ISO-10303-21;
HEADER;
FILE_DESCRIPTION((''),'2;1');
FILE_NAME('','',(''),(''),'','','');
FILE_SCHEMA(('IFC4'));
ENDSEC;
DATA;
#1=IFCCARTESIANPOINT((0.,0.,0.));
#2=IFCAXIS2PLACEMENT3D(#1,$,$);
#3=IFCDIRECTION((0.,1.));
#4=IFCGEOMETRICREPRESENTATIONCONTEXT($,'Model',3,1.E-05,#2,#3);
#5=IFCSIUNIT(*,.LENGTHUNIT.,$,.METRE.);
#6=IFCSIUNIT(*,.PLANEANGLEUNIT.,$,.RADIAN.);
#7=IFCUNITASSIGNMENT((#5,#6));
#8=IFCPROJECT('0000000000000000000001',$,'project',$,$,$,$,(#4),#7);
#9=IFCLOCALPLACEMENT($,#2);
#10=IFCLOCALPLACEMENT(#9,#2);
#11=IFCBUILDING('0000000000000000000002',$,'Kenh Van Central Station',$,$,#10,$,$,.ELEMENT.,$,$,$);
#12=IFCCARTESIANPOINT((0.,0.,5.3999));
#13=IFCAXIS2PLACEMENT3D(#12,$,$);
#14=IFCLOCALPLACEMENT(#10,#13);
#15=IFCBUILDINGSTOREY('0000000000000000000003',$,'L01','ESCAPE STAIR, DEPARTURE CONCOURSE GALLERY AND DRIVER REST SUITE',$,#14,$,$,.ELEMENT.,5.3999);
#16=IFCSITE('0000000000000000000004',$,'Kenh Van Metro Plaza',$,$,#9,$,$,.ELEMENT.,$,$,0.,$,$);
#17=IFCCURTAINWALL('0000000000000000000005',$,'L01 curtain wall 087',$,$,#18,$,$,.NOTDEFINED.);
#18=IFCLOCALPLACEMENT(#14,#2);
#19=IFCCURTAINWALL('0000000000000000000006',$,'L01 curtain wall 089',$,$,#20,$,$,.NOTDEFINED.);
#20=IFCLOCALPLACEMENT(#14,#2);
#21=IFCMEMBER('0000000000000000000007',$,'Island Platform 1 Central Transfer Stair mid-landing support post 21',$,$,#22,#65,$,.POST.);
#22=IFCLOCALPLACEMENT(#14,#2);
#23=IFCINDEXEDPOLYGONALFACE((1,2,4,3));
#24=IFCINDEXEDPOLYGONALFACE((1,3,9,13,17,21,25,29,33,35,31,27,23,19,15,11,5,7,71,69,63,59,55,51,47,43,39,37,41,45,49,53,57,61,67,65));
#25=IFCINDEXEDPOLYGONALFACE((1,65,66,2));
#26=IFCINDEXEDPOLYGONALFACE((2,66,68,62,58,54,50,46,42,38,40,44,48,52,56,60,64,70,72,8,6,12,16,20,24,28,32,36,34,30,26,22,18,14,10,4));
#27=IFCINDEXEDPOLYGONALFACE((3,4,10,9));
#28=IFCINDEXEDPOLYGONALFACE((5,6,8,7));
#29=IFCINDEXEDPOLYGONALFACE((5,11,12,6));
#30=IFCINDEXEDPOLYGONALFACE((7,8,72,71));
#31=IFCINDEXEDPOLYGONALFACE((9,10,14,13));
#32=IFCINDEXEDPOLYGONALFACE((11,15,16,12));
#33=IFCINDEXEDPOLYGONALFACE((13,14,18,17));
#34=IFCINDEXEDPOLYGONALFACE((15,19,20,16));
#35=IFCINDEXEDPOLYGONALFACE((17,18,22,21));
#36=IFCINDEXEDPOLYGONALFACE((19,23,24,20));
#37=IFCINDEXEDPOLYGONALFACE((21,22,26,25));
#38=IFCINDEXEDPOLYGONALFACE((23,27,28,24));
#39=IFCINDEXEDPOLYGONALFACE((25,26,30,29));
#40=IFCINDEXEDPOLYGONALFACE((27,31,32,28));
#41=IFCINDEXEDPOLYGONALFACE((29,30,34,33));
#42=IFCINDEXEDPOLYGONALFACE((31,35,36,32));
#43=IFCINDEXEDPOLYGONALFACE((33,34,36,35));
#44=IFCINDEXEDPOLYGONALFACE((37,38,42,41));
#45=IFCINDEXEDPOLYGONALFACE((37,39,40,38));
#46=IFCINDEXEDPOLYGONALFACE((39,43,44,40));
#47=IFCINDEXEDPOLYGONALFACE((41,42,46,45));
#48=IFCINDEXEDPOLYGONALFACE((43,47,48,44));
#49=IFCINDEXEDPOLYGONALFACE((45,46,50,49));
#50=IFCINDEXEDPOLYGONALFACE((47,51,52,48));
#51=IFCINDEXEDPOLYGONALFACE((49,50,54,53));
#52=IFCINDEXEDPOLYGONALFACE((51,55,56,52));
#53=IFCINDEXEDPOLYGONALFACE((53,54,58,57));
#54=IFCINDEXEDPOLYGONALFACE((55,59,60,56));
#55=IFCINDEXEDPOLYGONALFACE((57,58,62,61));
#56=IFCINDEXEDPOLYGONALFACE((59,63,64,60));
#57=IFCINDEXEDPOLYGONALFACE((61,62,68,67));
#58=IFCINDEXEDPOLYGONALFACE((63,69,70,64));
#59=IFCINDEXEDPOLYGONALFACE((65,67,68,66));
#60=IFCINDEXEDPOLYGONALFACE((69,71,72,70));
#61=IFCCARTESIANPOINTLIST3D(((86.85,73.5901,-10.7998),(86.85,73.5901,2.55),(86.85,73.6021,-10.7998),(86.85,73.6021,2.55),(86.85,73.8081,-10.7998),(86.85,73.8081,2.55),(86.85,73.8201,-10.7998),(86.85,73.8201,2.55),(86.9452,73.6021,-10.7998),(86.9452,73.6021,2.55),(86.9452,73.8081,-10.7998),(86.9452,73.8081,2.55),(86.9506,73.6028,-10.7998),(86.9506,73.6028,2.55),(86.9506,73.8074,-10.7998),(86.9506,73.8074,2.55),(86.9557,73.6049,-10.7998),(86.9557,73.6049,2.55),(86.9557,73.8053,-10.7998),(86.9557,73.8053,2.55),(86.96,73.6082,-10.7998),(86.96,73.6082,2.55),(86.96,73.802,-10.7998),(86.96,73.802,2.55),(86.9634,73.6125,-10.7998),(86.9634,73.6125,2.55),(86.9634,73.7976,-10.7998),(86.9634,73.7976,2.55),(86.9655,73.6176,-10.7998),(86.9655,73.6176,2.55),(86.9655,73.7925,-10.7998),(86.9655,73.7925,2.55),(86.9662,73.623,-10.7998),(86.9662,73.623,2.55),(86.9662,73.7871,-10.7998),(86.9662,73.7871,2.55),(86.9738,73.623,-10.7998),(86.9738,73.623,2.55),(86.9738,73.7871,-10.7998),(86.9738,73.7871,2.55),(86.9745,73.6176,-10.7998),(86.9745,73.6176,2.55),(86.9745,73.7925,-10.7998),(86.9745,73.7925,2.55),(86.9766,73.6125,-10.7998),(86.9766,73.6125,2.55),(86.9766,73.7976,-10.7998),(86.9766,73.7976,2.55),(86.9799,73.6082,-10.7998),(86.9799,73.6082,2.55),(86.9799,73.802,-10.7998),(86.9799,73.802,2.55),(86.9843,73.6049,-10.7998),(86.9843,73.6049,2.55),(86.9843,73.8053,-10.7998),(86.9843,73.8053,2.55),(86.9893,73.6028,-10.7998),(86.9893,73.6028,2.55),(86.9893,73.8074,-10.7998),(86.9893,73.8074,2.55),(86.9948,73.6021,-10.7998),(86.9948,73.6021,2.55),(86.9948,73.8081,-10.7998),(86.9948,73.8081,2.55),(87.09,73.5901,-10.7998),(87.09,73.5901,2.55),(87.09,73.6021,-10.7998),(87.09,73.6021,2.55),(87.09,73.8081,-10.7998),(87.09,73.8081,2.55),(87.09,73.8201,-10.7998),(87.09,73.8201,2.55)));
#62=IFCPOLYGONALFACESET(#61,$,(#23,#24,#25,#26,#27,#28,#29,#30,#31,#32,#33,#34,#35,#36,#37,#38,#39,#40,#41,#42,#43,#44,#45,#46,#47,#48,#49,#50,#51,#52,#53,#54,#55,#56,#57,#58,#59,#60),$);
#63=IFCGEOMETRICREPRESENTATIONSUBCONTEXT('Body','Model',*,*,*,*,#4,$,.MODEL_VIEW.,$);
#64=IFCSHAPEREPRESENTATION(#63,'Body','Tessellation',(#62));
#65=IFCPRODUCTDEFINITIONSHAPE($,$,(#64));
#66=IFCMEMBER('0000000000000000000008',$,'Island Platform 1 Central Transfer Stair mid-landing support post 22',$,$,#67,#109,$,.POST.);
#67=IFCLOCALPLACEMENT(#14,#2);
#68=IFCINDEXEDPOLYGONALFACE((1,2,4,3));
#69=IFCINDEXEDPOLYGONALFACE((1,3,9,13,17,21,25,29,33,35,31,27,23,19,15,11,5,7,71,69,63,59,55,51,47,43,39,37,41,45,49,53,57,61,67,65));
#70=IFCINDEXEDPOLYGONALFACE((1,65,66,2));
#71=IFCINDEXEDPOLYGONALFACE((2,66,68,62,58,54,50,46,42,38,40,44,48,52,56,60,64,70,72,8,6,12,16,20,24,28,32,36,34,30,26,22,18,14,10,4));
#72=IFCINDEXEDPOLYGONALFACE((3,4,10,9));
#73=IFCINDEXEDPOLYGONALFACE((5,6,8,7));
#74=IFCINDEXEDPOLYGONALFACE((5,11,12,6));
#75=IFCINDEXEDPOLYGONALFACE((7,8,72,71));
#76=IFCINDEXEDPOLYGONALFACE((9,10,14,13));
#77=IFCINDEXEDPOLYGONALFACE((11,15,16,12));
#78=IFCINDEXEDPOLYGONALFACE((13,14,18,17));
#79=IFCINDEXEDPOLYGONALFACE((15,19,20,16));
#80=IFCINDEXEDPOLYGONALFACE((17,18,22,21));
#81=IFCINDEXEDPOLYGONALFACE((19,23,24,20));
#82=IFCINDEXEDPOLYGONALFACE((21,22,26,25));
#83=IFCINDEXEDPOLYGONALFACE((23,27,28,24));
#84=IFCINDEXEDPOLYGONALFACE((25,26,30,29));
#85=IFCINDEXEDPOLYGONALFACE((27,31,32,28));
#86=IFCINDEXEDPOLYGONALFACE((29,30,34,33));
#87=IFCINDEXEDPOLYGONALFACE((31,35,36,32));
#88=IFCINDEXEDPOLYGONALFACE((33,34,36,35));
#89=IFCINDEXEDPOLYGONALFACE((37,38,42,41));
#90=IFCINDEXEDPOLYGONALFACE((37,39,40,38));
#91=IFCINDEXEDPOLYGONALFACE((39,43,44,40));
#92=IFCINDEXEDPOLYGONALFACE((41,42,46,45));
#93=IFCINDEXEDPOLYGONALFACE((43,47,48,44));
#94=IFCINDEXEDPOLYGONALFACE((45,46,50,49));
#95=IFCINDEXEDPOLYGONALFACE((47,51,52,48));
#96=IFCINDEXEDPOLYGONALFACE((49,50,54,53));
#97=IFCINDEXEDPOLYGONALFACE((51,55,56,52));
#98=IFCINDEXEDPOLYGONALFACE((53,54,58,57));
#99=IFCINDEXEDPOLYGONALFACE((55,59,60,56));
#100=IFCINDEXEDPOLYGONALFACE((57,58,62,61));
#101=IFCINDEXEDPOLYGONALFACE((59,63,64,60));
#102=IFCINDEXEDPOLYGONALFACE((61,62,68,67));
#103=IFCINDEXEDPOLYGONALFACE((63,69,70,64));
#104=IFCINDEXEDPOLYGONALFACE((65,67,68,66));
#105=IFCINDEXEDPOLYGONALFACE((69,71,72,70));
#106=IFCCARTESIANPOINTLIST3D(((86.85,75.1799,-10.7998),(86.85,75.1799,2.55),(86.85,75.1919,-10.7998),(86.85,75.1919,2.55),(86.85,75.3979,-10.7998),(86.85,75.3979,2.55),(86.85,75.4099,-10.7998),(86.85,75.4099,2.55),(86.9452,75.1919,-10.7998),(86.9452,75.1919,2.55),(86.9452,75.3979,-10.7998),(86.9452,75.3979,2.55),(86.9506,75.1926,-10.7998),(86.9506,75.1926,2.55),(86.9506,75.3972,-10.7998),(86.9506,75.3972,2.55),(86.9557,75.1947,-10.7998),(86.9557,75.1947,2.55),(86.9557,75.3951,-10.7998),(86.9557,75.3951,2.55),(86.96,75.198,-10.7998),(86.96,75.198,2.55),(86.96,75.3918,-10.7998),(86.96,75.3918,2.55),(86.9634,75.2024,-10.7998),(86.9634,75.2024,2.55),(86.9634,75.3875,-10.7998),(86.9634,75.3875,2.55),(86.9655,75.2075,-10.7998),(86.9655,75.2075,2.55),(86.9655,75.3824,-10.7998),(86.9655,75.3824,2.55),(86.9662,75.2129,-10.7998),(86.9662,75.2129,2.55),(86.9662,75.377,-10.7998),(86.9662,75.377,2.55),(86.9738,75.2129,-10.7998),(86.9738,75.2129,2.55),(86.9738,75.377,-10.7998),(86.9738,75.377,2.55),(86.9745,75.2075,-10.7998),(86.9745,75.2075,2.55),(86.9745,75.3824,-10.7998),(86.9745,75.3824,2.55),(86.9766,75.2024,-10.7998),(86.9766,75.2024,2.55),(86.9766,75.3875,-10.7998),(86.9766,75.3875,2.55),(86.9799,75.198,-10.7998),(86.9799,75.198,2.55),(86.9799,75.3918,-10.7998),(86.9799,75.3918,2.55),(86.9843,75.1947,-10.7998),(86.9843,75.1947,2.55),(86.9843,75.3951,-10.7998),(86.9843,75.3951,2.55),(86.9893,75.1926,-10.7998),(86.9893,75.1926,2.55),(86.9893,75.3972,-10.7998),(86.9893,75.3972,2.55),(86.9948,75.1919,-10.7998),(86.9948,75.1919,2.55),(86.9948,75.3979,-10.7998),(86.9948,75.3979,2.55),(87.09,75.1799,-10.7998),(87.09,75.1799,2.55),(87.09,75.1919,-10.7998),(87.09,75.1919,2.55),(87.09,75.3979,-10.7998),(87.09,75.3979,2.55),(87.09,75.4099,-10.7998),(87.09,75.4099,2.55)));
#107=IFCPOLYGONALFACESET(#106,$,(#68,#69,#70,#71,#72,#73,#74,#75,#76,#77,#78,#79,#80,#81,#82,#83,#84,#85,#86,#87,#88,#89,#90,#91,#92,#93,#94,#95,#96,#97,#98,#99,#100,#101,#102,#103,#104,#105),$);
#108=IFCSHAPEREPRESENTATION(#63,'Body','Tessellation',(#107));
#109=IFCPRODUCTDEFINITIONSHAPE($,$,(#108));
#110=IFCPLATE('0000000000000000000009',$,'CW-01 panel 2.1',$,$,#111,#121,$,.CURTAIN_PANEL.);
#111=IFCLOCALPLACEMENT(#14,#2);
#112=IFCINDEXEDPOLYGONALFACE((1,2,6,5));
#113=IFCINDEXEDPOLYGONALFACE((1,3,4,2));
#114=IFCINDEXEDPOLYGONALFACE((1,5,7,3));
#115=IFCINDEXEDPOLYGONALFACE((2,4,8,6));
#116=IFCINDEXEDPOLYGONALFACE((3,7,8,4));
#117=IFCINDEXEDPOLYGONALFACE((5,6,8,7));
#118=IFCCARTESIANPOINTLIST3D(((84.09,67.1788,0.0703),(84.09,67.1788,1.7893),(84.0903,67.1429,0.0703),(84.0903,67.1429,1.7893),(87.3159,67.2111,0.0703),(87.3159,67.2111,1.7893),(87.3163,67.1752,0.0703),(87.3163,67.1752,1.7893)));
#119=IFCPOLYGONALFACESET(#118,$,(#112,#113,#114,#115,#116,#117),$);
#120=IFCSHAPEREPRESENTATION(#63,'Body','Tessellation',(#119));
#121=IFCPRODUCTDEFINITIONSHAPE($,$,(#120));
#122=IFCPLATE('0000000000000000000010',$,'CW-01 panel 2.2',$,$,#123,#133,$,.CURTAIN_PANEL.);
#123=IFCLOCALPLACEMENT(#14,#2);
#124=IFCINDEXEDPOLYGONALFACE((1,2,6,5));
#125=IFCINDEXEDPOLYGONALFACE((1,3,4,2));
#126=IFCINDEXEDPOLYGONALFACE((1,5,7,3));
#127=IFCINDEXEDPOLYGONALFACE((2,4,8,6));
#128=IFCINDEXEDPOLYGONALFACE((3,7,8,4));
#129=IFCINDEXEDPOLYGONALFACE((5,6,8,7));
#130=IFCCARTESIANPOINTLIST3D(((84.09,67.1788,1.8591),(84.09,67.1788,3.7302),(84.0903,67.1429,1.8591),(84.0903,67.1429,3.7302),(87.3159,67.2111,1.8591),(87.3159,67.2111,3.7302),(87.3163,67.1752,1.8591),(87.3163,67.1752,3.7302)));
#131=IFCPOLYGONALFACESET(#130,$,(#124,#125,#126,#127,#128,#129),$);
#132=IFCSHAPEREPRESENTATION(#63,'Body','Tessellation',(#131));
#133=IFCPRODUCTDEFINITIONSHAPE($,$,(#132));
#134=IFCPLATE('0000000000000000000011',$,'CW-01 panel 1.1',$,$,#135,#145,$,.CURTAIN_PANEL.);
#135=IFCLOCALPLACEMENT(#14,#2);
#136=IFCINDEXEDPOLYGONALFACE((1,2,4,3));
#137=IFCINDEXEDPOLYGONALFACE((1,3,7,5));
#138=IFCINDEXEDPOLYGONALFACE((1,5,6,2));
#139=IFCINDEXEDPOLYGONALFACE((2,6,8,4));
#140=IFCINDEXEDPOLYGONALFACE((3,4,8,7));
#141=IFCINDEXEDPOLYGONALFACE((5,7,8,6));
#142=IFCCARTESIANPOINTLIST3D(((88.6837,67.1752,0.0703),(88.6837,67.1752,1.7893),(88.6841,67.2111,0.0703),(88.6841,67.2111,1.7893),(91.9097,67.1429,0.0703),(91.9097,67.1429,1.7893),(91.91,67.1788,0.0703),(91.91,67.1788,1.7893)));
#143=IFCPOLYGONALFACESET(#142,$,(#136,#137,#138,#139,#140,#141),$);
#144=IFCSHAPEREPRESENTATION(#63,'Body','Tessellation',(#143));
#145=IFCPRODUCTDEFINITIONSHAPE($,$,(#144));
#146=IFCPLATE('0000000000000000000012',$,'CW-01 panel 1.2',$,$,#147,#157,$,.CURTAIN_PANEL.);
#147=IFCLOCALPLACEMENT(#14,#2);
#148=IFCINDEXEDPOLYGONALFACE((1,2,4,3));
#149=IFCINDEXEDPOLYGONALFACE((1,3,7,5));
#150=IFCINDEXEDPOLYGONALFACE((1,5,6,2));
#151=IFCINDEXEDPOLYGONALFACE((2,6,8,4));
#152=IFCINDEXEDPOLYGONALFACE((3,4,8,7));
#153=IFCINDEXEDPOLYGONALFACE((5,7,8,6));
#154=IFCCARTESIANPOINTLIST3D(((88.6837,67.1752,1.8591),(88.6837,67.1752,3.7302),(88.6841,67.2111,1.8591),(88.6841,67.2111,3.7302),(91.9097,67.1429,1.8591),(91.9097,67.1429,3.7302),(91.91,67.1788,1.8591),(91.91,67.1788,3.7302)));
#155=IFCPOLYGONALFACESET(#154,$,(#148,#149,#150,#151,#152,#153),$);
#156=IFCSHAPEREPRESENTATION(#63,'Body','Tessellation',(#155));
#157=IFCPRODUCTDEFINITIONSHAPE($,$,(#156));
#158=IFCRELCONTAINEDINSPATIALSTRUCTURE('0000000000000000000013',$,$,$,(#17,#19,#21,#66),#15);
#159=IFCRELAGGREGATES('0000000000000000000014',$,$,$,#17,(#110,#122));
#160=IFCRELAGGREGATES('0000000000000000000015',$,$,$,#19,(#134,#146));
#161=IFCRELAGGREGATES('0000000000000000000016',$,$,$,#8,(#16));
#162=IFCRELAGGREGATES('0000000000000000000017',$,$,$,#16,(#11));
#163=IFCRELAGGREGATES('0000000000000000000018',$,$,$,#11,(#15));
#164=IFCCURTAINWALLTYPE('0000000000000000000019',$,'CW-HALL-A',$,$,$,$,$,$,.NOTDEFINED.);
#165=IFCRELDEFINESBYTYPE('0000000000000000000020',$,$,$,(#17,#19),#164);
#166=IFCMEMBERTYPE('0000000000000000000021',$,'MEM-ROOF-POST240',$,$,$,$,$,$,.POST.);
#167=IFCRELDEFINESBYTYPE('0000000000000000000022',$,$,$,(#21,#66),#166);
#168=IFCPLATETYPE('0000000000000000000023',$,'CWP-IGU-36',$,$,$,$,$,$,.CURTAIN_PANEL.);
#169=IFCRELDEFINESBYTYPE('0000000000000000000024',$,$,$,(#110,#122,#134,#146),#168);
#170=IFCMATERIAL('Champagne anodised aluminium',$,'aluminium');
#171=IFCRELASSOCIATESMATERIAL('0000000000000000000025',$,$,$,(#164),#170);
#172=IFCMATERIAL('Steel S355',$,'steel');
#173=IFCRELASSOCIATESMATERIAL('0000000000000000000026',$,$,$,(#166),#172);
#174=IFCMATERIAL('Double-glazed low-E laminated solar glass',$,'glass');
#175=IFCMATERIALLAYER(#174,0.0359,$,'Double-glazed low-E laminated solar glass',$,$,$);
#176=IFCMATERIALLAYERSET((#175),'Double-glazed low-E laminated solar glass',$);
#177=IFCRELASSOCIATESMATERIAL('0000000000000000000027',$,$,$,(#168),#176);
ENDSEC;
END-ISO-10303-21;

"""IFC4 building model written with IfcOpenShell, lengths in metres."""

from ifc_helpers import new_model, si_unit, direction, frame, origin, origin_2d, place, context, subcontext, project, spatial, rectangle, i_section, extrude, material, layer, layer_set, material_profile, profile_set, type_object, element, aggregate, save


model = new_model("IFC4")

# Units and contexts
model_context = context("Model", 3, precision=1e-05, world=origin(), true_north=direction((0.0, 1.0)))
body_context = subcontext(model_context, "Body", "Model", "MODEL_VIEW")
ifc_project = project(units=[si_unit("LENGTHUNIT", "METRE"), si_unit("PLANEANGLEUNIT", "RADIAN")], contexts=[model_context])

# Site, building, storey
site_placement = place(None, origin())
site = spatial("IfcSite", under=ifc_project, at=site_placement, Name="Kenh Van Metro Plaza", CompositionType="ELEMENT", RefElevation=0.0)
building_placement = place(site_placement, origin())
building = spatial("IfcBuilding", under=site, at=building_placement, Name="Kenh Van Central Station", CompositionType="ELEMENT")
storey_placement = place(building_placement, frame((0.0, 0.0, 5.3999)))
storey = spatial("IfcBuildingStorey", under=building, at=storey_placement, Name="L01", Description="ESCAPE STAIR, DEPARTURE CONCOURSE GALLERY AND DRIVER REST SUITE", CompositionType="ELEMENT", Elevation=5.3999)

# Curtain wall
ifc_material_1 = material(Name="Champagne anodised aluminium", Category="aluminium")
curtain_wall_type = type_object("IfcCurtainWallType", Name="CW-HALL-A", PredefinedType="NOTDEFINED", material=ifc_material_1)
curtain_wall_1_placement = place(storey_placement, origin())
curtain_wall_1 = element("IfcCurtainWall", 1, at=curtain_wall_1_placement, inside=storey, type_object=curtain_wall_type, Name="L01 curtain wall 087", PredefinedType="NOTDEFINED")

# Curtain wall
curtain_wall_2_placement = place(storey_placement, origin())
curtain_wall_2 = element("IfcCurtainWall", 2, at=curtain_wall_2_placement, inside=storey, type_object=curtain_wall_type, Name="L01 curtain wall 089", PredefinedType="NOTDEFINED")

# Members
ifc_material_2 = material(Name="Steel S355", Category="steel")
ifc_material_profile_1 = material_profile(ifc_material_2, i_section(OverallWidth=0.24, OverallDepth=0.23, WebThickness=0.0076, FlangeThickness=0.012, FilletRadius=0.021, at=origin_2d()), Name="HEA 240")
ifc_profile_set_1 = profile_set([ifc_material_profile_1], Name="Steel S355")
member_type_1 = type_object("IfcMemberType", Name="MEM-ROOF-POST240", PredefinedType="POST", material=ifc_profile_set_1)
for number, where, z_axis, x_axis, name in (
    (3, (86.97, 73.7051, -10.7998), (0.0, 0.0, 1.0), (1.0, 0.0, 0.0), "Island Platform 1 Central Transfer Stair mid-landing support post 21"),
    (4, (86.97, 75.2949, -10.7998), (0.0, 0.0, 1.0), (1.0, 0.0, 0.0), "Island Platform 1 Central Transfer Stair mid-landing support post 22"),
):
    element("IfcMember", number, at=place(storey_placement, frame(where, z_axis=z_axis, x_axis=x_axis)), inside=storey, type_object=member_type_1, Name=name, PredefinedType="POST", context=body_context, shape_type="SweptSolid", body=[
        extrude(i_section(OverallWidth=0.24, OverallDepth=0.23, WebThickness=0.0076, FlangeThickness=0.012, FilletRadius=0.021, at=origin_2d()), origin(), (0.0, 0.0, 1.0), 13.3499),
    ])

# Plates
ifc_material_3 = material(Name="Double-glazed low-E laminated solar glass", Category="glass")
ifc_layer_1 = layer(ifc_material_3, 0.0359, Name="Double-glazed low-E laminated solar glass")
ifc_layer_set_1 = layer_set([ifc_layer_1], Name="Double-glazed low-E laminated solar glass")
plate_type = type_object("IfcPlateType", Name="CWP-IGU-36", PredefinedType="CURTAIN_PANEL", material=ifc_layer_set_1)
plate_1_placement = place(storey_placement, frame((85.7031, 67.177, 0.0703), z_axis=(0.0, 0.0, 1.0), x_axis=(0.99995, 0.010012, 0.0)))
plate_1 = element("IfcPlate", 5, at=plate_1_placement, type_object=plate_type, Name="CW-01 panel 2.1", PredefinedType="CURTAIN_PANEL", context=body_context, shape_type="SweptSolid", body=[
    extrude(rectangle(XDim=3.2261, YDim=0.0359, at=origin_2d()), origin(), (0.0, 0.0, 1.0), 1.719),
])
plate_2_placement = place(storey_placement, frame((85.7031, 67.177, 1.8591), z_axis=(0.0, 0.0, 1.0), x_axis=(0.99995, 0.010012, 0.0)))
plate_2 = element("IfcPlate", 6, at=plate_2_placement, type_object=plate_type, Name="CW-01 panel 2.2", PredefinedType="CURTAIN_PANEL", context=body_context, shape_type="SweptSolid", body=[
    extrude(rectangle(XDim=3.2261, YDim=0.0359, at=origin_2d()), origin(), (0.0, 0.0, 1.0), 1.8711),
])
aggregate(curtain_wall_1, [plate_1, plate_2])
plate_3_placement = place(storey_placement, frame((90.2969, 67.177, 0.0703), z_axis=(0.0, 0.0, 1.0), x_axis=(0.99995, -0.010012, 0.0)))
plate_3 = element("IfcPlate", 7, at=plate_3_placement, type_object=plate_type, Name="CW-01 panel 1.1", PredefinedType="CURTAIN_PANEL", context=body_context, shape_type="SweptSolid", body=[
    extrude(rectangle(XDim=3.2261, YDim=0.0359, at=origin_2d()), origin(), (0.0, 0.0, 1.0), 1.719),
])
plate_4_placement = place(storey_placement, frame((90.2969, 67.177, 1.8591), z_axis=(0.0, 0.0, 1.0), x_axis=(0.99995, -0.010012, 0.0)))
plate_4 = element("IfcPlate", 8, at=plate_4_placement, type_object=plate_type, Name="CW-01 panel 1.2", PredefinedType="CURTAIN_PANEL", context=body_context, shape_type="SweptSolid", body=[
    extrude(rectangle(XDim=3.2261, YDim=0.0359, at=origin_2d()), origin(), (0.0, 0.0, 1.0), 1.8711),
])
aggregate(curtain_wall_2, [plate_3, plate_4])

save(model, "model.ifc")
